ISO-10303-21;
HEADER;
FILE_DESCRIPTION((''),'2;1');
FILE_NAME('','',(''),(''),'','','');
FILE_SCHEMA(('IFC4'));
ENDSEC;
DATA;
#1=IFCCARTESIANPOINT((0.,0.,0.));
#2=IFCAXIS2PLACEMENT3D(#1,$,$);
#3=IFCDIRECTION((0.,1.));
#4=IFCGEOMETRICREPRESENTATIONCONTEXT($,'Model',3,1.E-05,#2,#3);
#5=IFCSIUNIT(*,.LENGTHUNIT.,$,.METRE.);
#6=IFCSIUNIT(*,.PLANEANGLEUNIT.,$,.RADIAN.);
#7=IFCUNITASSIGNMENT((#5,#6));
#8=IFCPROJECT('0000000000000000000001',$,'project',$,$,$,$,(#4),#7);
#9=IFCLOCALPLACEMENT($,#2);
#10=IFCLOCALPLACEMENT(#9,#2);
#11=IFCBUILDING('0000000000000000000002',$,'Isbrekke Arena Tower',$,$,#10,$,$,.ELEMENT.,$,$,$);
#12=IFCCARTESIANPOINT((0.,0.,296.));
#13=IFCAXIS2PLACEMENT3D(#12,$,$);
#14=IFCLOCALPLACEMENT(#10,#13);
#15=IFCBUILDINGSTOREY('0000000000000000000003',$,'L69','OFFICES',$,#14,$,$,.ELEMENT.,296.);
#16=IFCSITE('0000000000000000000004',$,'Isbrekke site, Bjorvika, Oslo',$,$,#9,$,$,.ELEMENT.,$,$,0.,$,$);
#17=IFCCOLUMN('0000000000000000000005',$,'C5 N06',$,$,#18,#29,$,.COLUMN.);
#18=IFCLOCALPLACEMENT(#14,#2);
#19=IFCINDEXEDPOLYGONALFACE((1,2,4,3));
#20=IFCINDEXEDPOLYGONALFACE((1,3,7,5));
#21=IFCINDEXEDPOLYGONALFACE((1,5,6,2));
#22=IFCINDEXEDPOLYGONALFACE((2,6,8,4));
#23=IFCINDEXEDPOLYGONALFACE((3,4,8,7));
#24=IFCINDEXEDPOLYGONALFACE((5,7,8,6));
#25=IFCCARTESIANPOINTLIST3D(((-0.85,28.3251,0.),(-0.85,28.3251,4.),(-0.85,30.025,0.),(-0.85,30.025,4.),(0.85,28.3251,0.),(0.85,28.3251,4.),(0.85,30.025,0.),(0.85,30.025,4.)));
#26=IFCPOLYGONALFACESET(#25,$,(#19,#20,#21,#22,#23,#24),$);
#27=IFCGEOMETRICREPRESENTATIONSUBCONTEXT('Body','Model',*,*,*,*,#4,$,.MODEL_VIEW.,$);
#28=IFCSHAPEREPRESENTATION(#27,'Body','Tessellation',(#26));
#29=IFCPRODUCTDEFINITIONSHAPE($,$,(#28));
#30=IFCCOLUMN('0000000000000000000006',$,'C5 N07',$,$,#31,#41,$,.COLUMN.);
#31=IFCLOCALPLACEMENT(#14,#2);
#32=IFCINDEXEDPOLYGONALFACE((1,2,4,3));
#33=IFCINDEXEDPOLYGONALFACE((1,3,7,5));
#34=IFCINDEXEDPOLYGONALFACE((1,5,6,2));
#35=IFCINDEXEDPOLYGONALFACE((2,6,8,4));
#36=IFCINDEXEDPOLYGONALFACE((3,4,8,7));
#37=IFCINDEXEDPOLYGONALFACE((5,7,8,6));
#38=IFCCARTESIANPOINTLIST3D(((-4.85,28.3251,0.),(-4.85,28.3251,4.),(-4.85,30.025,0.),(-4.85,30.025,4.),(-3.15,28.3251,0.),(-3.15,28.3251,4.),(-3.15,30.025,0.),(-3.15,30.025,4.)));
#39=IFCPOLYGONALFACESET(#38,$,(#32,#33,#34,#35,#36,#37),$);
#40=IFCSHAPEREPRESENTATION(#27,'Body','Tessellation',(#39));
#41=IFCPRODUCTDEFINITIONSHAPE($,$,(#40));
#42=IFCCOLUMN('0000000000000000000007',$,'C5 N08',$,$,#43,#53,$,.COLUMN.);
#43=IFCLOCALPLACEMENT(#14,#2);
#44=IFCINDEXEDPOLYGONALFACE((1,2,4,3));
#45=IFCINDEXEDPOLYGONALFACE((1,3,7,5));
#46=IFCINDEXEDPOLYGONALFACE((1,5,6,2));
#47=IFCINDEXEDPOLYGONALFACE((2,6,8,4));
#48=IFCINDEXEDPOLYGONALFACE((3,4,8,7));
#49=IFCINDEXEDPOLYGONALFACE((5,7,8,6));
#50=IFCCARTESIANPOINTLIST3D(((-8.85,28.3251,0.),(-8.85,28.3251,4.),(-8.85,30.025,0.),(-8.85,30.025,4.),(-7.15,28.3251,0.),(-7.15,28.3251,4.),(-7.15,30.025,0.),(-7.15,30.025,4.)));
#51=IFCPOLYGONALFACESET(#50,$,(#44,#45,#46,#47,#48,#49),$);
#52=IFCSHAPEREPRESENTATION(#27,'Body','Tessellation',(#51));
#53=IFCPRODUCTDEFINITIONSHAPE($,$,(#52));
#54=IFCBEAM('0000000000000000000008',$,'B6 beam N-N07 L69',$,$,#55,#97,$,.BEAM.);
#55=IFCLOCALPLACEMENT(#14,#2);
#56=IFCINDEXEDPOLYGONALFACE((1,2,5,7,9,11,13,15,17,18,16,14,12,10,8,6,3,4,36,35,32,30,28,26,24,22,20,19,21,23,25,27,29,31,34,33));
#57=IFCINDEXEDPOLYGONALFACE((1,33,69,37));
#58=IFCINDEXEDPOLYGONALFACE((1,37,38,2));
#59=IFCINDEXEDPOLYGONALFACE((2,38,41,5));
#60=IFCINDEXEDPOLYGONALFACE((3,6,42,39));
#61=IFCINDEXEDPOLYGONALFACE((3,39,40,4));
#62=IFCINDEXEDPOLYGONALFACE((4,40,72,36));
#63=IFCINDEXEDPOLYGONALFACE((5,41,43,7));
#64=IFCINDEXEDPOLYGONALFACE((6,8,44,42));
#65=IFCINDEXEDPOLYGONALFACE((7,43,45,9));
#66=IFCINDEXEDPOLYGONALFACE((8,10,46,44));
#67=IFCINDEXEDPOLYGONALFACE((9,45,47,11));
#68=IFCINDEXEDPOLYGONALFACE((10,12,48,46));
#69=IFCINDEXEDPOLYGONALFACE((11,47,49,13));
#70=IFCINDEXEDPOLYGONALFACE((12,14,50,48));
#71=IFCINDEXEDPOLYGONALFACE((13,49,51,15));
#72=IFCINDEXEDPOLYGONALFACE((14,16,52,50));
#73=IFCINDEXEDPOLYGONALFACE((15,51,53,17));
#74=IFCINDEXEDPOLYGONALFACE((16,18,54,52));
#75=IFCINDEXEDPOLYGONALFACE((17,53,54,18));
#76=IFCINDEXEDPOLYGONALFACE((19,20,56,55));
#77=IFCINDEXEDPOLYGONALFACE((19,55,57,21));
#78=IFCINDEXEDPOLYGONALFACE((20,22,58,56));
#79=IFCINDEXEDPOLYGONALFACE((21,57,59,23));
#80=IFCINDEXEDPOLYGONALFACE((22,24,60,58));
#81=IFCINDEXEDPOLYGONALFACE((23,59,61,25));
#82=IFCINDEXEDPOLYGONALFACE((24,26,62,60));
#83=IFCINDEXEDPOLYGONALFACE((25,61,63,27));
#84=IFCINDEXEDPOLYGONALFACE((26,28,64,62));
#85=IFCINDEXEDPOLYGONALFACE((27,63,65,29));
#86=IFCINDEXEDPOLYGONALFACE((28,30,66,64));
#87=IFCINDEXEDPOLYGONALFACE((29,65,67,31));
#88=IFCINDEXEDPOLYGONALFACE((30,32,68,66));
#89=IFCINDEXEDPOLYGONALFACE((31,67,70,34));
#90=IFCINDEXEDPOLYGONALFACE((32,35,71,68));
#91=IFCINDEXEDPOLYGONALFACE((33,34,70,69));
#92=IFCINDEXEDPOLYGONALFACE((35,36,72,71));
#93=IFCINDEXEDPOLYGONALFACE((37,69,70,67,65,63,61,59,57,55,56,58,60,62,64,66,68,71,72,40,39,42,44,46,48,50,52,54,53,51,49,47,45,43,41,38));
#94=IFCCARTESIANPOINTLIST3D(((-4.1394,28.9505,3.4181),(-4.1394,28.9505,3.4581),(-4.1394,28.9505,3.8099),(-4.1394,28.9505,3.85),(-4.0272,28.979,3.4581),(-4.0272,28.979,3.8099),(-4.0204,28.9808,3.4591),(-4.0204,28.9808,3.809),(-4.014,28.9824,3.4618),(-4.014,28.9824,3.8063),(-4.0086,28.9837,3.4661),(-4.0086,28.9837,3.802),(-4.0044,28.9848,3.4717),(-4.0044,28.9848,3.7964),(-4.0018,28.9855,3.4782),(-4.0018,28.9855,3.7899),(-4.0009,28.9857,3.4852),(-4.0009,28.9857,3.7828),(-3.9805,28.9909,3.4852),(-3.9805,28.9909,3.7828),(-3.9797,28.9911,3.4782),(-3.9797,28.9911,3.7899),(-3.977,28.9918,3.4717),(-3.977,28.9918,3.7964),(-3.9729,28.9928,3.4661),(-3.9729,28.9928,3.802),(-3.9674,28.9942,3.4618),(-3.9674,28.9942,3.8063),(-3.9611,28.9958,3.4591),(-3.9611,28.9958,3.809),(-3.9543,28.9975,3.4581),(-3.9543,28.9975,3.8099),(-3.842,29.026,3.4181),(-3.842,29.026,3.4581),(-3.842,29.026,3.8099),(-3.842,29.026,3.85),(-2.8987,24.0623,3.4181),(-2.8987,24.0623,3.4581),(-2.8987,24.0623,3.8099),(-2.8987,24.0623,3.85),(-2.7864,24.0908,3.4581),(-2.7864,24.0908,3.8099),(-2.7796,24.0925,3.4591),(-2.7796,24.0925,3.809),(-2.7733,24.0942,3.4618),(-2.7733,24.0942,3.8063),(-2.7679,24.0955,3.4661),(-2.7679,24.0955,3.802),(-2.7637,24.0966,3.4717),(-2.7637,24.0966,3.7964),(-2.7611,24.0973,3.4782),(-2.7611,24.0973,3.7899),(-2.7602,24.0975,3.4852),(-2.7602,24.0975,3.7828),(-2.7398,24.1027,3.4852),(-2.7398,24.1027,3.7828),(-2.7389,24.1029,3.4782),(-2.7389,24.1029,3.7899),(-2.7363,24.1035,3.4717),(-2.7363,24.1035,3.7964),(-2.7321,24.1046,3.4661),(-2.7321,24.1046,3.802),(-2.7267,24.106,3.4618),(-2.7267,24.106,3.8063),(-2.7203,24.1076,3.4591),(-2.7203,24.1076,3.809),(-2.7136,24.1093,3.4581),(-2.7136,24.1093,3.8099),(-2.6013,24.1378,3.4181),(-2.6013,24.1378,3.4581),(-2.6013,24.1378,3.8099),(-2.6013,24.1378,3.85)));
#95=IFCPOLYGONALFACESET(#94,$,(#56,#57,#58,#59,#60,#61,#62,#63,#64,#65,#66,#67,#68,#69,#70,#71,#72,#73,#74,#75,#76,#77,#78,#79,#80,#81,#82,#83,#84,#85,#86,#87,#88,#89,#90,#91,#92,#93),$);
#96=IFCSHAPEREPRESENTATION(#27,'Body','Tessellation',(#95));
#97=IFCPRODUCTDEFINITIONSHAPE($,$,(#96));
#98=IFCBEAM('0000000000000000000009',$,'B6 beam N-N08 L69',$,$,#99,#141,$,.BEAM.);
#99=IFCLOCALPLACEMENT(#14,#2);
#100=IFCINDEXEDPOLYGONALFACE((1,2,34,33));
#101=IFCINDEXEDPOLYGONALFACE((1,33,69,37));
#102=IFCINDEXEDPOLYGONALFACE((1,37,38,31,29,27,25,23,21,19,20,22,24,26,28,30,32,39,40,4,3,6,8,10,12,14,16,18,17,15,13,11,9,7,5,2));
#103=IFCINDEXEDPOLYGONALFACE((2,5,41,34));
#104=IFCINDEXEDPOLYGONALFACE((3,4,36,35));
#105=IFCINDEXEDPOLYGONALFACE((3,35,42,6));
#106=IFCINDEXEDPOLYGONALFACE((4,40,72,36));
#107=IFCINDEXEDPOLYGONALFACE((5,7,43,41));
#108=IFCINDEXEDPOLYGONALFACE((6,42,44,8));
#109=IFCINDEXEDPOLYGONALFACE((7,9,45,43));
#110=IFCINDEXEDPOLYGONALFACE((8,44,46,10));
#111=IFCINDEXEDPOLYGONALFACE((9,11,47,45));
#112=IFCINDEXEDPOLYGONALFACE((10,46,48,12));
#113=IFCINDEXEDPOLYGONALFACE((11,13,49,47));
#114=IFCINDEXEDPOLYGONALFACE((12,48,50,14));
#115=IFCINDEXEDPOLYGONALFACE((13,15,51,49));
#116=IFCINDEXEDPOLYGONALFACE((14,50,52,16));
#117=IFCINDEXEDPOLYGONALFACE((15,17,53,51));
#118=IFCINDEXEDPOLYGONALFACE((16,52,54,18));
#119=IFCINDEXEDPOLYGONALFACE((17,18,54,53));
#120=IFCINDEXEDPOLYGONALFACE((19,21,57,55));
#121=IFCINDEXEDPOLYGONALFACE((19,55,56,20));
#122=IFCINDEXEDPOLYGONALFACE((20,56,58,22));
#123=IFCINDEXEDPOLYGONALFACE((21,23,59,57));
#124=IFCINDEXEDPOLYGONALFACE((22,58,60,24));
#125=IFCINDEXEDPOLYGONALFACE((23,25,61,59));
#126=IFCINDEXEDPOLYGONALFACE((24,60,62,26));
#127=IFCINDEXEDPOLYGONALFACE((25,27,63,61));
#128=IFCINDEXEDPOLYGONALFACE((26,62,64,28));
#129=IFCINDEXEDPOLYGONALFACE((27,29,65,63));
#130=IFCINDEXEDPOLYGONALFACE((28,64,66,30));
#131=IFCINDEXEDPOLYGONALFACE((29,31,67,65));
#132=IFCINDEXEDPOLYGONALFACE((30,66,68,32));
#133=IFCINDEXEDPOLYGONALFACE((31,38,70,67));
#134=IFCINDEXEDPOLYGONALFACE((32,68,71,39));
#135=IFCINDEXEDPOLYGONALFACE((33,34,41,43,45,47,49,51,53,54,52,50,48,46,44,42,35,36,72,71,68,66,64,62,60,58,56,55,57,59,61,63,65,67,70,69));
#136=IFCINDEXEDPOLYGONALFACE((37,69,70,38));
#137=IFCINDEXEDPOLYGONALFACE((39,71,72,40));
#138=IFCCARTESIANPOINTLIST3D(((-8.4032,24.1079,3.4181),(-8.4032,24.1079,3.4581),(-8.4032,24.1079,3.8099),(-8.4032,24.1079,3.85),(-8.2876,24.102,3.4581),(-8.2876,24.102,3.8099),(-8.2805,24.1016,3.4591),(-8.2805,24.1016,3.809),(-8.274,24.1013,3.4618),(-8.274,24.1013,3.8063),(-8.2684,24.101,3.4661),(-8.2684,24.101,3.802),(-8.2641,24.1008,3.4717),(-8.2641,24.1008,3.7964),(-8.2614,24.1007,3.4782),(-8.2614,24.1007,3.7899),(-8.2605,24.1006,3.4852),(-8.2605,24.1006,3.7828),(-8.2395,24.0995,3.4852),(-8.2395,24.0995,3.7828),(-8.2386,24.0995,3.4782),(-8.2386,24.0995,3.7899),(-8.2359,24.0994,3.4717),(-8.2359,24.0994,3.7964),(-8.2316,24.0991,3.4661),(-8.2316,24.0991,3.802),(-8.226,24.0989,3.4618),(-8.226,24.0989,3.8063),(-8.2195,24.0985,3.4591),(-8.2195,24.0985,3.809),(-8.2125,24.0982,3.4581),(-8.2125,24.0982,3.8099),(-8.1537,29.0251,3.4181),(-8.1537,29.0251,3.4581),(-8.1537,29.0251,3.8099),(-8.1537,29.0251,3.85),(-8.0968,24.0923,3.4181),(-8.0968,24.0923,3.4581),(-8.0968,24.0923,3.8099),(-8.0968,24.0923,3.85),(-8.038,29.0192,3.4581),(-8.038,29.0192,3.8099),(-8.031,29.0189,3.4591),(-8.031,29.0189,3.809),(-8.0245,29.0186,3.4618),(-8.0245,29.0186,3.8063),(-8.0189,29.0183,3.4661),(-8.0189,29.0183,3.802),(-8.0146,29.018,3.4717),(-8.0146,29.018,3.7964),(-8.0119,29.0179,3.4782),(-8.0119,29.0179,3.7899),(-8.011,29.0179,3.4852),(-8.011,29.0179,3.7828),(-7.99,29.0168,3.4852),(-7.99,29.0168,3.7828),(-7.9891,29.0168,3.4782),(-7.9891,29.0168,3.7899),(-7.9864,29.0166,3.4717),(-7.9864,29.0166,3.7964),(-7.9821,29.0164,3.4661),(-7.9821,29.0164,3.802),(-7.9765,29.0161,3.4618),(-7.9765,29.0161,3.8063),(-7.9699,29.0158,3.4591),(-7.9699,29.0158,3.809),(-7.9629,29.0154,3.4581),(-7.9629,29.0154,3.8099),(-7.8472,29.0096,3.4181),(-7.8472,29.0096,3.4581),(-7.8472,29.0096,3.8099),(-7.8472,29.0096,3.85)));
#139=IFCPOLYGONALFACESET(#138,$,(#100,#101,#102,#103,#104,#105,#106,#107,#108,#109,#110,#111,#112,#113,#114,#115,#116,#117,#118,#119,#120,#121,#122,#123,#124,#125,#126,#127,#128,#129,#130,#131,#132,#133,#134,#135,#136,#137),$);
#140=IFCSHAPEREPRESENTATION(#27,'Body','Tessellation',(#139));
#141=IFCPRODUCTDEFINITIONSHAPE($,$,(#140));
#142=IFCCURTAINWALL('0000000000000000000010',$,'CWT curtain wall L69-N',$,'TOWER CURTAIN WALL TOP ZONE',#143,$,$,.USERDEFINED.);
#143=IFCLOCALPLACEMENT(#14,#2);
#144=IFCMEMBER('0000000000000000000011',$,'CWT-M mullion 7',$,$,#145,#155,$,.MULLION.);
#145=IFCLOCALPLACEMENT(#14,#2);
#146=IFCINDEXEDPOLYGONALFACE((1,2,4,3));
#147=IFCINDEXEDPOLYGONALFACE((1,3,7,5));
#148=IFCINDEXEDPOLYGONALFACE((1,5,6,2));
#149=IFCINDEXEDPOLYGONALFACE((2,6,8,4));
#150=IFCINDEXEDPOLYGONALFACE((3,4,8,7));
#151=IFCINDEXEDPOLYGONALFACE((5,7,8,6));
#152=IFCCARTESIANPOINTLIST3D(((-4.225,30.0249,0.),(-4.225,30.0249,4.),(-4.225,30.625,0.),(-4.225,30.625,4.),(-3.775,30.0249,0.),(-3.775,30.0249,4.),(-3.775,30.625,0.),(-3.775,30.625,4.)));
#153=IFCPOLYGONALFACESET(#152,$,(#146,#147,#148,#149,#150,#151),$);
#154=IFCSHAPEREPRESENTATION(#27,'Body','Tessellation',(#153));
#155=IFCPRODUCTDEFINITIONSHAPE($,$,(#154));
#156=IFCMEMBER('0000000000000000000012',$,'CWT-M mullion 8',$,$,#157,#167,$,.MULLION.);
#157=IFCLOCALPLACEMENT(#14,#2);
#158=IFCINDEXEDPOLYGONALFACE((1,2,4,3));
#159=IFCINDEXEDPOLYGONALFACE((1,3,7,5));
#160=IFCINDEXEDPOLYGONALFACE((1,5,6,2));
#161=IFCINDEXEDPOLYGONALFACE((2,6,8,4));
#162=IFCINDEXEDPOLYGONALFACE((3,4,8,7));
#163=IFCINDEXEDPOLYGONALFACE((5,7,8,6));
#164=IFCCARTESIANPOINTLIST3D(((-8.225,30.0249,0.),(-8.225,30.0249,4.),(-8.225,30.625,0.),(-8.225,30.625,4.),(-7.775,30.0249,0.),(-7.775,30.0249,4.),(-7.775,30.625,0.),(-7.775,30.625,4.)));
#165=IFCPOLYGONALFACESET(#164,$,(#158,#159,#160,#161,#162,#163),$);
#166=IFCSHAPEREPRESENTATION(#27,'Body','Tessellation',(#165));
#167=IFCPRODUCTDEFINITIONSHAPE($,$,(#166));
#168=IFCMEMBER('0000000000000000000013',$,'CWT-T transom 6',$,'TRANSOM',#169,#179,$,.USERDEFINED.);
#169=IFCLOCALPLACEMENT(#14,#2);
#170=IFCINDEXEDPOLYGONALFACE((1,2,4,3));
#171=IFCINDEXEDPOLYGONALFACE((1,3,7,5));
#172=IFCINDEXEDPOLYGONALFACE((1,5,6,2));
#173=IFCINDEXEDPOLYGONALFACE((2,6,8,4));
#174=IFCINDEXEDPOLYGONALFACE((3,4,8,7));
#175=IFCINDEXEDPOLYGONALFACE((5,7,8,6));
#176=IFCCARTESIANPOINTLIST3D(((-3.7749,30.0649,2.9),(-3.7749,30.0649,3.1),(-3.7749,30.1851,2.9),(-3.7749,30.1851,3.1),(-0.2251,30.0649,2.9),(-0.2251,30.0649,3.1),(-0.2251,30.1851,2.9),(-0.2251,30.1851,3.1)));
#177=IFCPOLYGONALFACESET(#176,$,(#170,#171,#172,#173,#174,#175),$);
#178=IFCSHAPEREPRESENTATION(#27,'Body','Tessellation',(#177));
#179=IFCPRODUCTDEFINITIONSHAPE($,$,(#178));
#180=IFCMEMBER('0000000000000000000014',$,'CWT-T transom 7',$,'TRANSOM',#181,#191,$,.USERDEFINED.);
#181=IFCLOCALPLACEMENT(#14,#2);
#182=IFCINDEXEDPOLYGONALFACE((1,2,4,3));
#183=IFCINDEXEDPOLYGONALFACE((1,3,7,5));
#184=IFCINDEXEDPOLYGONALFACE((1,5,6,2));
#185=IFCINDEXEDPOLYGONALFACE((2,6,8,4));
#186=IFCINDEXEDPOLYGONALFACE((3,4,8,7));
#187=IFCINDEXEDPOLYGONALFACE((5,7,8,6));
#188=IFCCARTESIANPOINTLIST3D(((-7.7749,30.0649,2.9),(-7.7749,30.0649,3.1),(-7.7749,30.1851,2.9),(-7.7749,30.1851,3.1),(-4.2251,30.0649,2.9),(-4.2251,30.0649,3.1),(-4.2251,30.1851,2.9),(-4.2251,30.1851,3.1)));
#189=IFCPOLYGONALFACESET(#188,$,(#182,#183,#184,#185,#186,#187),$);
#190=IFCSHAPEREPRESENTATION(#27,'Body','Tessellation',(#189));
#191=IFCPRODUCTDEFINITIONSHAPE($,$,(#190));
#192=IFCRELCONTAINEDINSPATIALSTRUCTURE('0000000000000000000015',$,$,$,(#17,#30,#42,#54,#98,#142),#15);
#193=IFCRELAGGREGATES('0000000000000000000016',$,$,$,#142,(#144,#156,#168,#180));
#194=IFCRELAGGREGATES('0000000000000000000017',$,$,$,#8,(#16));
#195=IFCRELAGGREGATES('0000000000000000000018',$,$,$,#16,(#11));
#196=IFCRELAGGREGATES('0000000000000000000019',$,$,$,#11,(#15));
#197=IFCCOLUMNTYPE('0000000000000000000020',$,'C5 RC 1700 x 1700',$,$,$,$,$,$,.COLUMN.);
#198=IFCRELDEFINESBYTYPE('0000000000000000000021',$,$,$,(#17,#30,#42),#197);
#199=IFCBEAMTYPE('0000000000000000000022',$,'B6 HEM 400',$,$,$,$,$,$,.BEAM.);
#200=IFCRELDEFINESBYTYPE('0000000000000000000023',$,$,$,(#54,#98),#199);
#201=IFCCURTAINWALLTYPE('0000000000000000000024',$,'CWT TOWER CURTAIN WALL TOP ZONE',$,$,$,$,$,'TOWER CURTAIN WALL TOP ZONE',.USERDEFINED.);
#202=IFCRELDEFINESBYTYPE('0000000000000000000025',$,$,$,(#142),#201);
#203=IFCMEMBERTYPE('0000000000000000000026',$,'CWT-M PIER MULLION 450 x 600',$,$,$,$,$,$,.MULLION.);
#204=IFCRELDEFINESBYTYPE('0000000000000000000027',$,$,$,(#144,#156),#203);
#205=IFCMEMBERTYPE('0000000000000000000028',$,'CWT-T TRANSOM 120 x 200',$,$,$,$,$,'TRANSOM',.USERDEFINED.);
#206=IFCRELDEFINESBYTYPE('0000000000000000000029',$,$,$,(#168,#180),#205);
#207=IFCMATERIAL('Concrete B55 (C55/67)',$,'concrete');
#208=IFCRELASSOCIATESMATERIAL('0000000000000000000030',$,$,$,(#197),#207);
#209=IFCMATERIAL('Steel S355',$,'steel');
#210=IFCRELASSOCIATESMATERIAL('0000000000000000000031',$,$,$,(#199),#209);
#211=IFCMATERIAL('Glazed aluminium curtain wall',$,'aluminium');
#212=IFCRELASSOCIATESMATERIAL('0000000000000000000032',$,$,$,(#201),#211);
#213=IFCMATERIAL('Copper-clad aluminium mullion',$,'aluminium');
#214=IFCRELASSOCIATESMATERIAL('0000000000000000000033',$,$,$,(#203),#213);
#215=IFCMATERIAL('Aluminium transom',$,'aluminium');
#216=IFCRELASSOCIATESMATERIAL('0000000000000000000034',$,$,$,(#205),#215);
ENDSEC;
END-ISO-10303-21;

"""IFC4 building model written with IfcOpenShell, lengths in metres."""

from ifc_helpers import new_model, si_unit, direction, frame, origin, origin_2d, place, context, subcontext, project, spatial, rectangle, i_section, extrude, material, material_profile, profile_set, type_object, element, aggregate, save


model = new_model("IFC4")

# Units and contexts
model_context = context("Model", 3, precision=1e-05, world=origin(), true_north=direction((0.0, 1.0)))
body_context = subcontext(model_context, "Body", "Model", "MODEL_VIEW")
ifc_project = project(units=[si_unit("LENGTHUNIT", "METRE"), si_unit("PLANEANGLEUNIT", "RADIAN")], contexts=[model_context])

# Site, building, storey
site_placement = place(None, origin())
site = spatial("IfcSite", under=ifc_project, at=site_placement, Name="Isbrekke site, Bjorvika, Oslo", CompositionType="ELEMENT", RefElevation=0.0)
building_placement = place(site_placement, origin())
building = spatial("IfcBuilding", under=site, at=building_placement, Name="Isbrekke Arena Tower", CompositionType="ELEMENT")
storey_placement = place(building_placement, frame((0.0, 0.0, 296.0)))
storey = spatial("IfcBuildingStorey", under=building, at=storey_placement, Name="L69", Description="OFFICES", CompositionType="ELEMENT", Elevation=296.0)

# Columns
ifc_material_1 = material(Name="Concrete B55 (C55/67)", Category="concrete")
ifc_material_profile_1 = material_profile(ifc_material_1, rectangle(XDim=1.7, YDim=1.7, at=origin_2d()), Name="RC 1700x1700")
ifc_profile_set_1 = profile_set([ifc_material_profile_1], Name="Concrete B55 (C55/67)")
column_type = type_object("IfcColumnType", Name="C5 RC 1700 x 1700", PredefinedType="COLUMN", material=ifc_profile_set_1)
for number, where, z_axis, x_axis, name in (
    (1, (0.0, 29.175, 0.0), (0.0, 0.0, 1.0), (-1.0, 0.0, 0.0), "C5 N06"),
    (2, (-4.0, 29.175, 0.0), (0.0, 0.0, 1.0), (-1.0, 0.0, 0.0), "C5 N07"),
    (3, (-8.0, 29.175, 0.0), (0.0, 0.0, 1.0), (-1.0, 0.0, 0.0), "C5 N08"),
):
    element("IfcColumn", number, at=place(storey_placement, frame(where, z_axis=z_axis, x_axis=x_axis)), inside=storey, type_object=column_type, Name=name, PredefinedType="COLUMN", context=body_context, shape_type="SweptSolid", body=[
        extrude(rectangle(XDim=1.7, YDim=1.7, at=origin_2d()), origin(), (0.0, 0.0, 1.0), 4.0),
    ])

# Beams
ifc_material_2 = material(Name="Steel S355", Category="steel")
ifc_material_profile_2 = material_profile(ifc_material_2, i_section(OverallWidth=0.3069, OverallDepth=0.4319, WebThickness=0.021, FlangeThickness=0.04, FilletRadius=0.0271, at=origin_2d()), Name="HEM 400")
ifc_profile_set_2 = profile_set([ifc_material_profile_2], Name="Steel S355")
beam_type_1 = type_object("IfcBeamType", Name="B6 HEM 400", PredefinedType="BEAM", material=ifc_profile_set_2)
beam_1_placement = place(storey_placement, frame((-3.9907, 28.9883, 3.634), z_axis=(0.24602, -0.969265, 0.0), x_axis=(0.969265, 0.24602, 0.0)))
element("IfcBeam", 4, at=beam_1_placement, inside=storey, type_object=beam_type_1, Name="B6 beam N-N07 L69", PredefinedType="BEAM", context=body_context, shape_type="SweptSolid", body=[
    extrude(i_section(OverallWidth=0.3069, OverallDepth=0.4319, WebThickness=0.021, FlangeThickness=0.04, FilletRadius=0.0271, at=origin_2d()), origin(), (0.0, 0.0, 1.0), 5.0432),
])
beam_2_placement = place(storey_placement, frame((-8.0005, 29.0173, 3.634), z_axis=(-0.050677, -0.998715, 0.0), x_axis=(0.998715, -0.050677, 0.0)))
element("IfcBeam", 5, at=beam_2_placement, inside=storey, type_object=beam_type_1, Name="B6 beam N-N08 L69", PredefinedType="BEAM", context=body_context, shape_type="SweptSolid", body=[
    extrude(i_section(OverallWidth=0.3069, OverallDepth=0.4319, WebThickness=0.021, FlangeThickness=0.04, FilletRadius=0.0271, at=origin_2d()), origin(), (0.0, 0.0, 1.0), 4.9236),
])

# Curtain wall, members
ifc_material_3 = material(Name="Glazed aluminium curtain wall", Category="aluminium")
curtain_wall_type = type_object("IfcCurtainWallType", Name="CWT TOWER CURTAIN WALL TOP ZONE", ElementType="TOWER CURTAIN WALL TOP ZONE", PredefinedType="USERDEFINED", material=ifc_material_3)
curtain_wall_placement = place(storey_placement, origin())
curtain_wall = element("IfcCurtainWall", 6, at=curtain_wall_placement, inside=storey, type_object=curtain_wall_type, Name="CWT curtain wall L69-N", ObjectType="TOWER CURTAIN WALL TOP ZONE", PredefinedType="USERDEFINED")
ifc_material_4 = material(Name="Copper-clad aluminium mullion", Category="aluminium")
ifc_material_profile_3 = material_profile(ifc_material_4, rectangle(XDim=0.45, YDim=0.6001, at=origin_2d()), Name="PIER 450X600")
ifc_profile_set_3 = profile_set([ifc_material_profile_3], Name="Copper-clad aluminium mullion")
member_type_1 = type_object("IfcMemberType", Name="CWT-M PIER MULLION 450 x 600", PredefinedType="MULLION", material=ifc_profile_set_3)
member_1_placement = place(storey_placement, frame((-4.0, 30.325, 0.0), z_axis=(0.0, 0.0, 1.0), x_axis=(-1.0, 0.0, 0.0)))
member_1 = element("IfcMember", 7, at=member_1_placement, type_object=member_type_1, Name="CWT-M mullion 7", PredefinedType="MULLION", context=body_context, shape_type="SweptSolid", body=[
    extrude(rectangle(XDim=0.45, YDim=0.6001, at=origin_2d()), origin(), (0.0, 0.0, 1.0), 4.0),
])
member_2_placement = place(storey_placement, frame((-8.0, 30.325, 0.0), z_axis=(0.0, 0.0, 1.0), x_axis=(-1.0, 0.0, 0.0)))
member_2 = element("IfcMember", 8, at=member_2_placement, type_object=member_type_1, Name="CWT-M mullion 8", PredefinedType="MULLION", context=body_context, shape_type="SweptSolid", body=[
    extrude(rectangle(XDim=0.45, YDim=0.6001, at=origin_2d()), origin(), (0.0, 0.0, 1.0), 4.0),
])
ifc_material_5 = material(Name="Aluminium transom", Category="aluminium")
ifc_material_profile_4 = material_profile(ifc_material_5, rectangle(XDim=0.1201, YDim=0.2, at=origin_2d()), Name="TRANSOM 120X200")
ifc_profile_set_4 = profile_set([ifc_material_profile_4], Name="Aluminium transom")
member_type_2 = type_object("IfcMemberType", Name="CWT-T TRANSOM 120 x 200", ElementType="TRANSOM", PredefinedType="USERDEFINED", material=ifc_profile_set_4)
member_3_placement = place(storey_placement, frame((-0.2251, 30.125, 3.0), z_axis=(-1.0, 0.0, 0.0), x_axis=(0.0, -1.0, 0.0)))
member_3 = element("IfcMember", 9, at=member_3_placement, type_object=member_type_2, Name="CWT-T transom 6", ObjectType="TRANSOM", PredefinedType="USERDEFINED", context=body_context, shape_type="SweptSolid", body=[
    extrude(rectangle(XDim=0.1201, YDim=0.2, at=origin_2d()), origin(), (0.0, 0.0, 1.0), 3.5498),
])
member_4_placement = place(storey_placement, frame((-4.2251, 30.125, 3.0), z_axis=(-1.0, 0.0, 0.0), x_axis=(0.0, -1.0, 0.0)))
member_4 = element("IfcMember", 10, at=member_4_placement, type_object=member_type_2, Name="CWT-T transom 7", ObjectType="TRANSOM", PredefinedType="USERDEFINED", context=body_context, shape_type="SweptSolid", body=[
    extrude(rectangle(XDim=0.1201, YDim=0.2, at=origin_2d()), origin(), (0.0, 0.0, 1.0), 3.5498),
])

aggregate(curtain_wall, [member_1, member_2, member_3, member_4])

save(model, "model.ifc")
